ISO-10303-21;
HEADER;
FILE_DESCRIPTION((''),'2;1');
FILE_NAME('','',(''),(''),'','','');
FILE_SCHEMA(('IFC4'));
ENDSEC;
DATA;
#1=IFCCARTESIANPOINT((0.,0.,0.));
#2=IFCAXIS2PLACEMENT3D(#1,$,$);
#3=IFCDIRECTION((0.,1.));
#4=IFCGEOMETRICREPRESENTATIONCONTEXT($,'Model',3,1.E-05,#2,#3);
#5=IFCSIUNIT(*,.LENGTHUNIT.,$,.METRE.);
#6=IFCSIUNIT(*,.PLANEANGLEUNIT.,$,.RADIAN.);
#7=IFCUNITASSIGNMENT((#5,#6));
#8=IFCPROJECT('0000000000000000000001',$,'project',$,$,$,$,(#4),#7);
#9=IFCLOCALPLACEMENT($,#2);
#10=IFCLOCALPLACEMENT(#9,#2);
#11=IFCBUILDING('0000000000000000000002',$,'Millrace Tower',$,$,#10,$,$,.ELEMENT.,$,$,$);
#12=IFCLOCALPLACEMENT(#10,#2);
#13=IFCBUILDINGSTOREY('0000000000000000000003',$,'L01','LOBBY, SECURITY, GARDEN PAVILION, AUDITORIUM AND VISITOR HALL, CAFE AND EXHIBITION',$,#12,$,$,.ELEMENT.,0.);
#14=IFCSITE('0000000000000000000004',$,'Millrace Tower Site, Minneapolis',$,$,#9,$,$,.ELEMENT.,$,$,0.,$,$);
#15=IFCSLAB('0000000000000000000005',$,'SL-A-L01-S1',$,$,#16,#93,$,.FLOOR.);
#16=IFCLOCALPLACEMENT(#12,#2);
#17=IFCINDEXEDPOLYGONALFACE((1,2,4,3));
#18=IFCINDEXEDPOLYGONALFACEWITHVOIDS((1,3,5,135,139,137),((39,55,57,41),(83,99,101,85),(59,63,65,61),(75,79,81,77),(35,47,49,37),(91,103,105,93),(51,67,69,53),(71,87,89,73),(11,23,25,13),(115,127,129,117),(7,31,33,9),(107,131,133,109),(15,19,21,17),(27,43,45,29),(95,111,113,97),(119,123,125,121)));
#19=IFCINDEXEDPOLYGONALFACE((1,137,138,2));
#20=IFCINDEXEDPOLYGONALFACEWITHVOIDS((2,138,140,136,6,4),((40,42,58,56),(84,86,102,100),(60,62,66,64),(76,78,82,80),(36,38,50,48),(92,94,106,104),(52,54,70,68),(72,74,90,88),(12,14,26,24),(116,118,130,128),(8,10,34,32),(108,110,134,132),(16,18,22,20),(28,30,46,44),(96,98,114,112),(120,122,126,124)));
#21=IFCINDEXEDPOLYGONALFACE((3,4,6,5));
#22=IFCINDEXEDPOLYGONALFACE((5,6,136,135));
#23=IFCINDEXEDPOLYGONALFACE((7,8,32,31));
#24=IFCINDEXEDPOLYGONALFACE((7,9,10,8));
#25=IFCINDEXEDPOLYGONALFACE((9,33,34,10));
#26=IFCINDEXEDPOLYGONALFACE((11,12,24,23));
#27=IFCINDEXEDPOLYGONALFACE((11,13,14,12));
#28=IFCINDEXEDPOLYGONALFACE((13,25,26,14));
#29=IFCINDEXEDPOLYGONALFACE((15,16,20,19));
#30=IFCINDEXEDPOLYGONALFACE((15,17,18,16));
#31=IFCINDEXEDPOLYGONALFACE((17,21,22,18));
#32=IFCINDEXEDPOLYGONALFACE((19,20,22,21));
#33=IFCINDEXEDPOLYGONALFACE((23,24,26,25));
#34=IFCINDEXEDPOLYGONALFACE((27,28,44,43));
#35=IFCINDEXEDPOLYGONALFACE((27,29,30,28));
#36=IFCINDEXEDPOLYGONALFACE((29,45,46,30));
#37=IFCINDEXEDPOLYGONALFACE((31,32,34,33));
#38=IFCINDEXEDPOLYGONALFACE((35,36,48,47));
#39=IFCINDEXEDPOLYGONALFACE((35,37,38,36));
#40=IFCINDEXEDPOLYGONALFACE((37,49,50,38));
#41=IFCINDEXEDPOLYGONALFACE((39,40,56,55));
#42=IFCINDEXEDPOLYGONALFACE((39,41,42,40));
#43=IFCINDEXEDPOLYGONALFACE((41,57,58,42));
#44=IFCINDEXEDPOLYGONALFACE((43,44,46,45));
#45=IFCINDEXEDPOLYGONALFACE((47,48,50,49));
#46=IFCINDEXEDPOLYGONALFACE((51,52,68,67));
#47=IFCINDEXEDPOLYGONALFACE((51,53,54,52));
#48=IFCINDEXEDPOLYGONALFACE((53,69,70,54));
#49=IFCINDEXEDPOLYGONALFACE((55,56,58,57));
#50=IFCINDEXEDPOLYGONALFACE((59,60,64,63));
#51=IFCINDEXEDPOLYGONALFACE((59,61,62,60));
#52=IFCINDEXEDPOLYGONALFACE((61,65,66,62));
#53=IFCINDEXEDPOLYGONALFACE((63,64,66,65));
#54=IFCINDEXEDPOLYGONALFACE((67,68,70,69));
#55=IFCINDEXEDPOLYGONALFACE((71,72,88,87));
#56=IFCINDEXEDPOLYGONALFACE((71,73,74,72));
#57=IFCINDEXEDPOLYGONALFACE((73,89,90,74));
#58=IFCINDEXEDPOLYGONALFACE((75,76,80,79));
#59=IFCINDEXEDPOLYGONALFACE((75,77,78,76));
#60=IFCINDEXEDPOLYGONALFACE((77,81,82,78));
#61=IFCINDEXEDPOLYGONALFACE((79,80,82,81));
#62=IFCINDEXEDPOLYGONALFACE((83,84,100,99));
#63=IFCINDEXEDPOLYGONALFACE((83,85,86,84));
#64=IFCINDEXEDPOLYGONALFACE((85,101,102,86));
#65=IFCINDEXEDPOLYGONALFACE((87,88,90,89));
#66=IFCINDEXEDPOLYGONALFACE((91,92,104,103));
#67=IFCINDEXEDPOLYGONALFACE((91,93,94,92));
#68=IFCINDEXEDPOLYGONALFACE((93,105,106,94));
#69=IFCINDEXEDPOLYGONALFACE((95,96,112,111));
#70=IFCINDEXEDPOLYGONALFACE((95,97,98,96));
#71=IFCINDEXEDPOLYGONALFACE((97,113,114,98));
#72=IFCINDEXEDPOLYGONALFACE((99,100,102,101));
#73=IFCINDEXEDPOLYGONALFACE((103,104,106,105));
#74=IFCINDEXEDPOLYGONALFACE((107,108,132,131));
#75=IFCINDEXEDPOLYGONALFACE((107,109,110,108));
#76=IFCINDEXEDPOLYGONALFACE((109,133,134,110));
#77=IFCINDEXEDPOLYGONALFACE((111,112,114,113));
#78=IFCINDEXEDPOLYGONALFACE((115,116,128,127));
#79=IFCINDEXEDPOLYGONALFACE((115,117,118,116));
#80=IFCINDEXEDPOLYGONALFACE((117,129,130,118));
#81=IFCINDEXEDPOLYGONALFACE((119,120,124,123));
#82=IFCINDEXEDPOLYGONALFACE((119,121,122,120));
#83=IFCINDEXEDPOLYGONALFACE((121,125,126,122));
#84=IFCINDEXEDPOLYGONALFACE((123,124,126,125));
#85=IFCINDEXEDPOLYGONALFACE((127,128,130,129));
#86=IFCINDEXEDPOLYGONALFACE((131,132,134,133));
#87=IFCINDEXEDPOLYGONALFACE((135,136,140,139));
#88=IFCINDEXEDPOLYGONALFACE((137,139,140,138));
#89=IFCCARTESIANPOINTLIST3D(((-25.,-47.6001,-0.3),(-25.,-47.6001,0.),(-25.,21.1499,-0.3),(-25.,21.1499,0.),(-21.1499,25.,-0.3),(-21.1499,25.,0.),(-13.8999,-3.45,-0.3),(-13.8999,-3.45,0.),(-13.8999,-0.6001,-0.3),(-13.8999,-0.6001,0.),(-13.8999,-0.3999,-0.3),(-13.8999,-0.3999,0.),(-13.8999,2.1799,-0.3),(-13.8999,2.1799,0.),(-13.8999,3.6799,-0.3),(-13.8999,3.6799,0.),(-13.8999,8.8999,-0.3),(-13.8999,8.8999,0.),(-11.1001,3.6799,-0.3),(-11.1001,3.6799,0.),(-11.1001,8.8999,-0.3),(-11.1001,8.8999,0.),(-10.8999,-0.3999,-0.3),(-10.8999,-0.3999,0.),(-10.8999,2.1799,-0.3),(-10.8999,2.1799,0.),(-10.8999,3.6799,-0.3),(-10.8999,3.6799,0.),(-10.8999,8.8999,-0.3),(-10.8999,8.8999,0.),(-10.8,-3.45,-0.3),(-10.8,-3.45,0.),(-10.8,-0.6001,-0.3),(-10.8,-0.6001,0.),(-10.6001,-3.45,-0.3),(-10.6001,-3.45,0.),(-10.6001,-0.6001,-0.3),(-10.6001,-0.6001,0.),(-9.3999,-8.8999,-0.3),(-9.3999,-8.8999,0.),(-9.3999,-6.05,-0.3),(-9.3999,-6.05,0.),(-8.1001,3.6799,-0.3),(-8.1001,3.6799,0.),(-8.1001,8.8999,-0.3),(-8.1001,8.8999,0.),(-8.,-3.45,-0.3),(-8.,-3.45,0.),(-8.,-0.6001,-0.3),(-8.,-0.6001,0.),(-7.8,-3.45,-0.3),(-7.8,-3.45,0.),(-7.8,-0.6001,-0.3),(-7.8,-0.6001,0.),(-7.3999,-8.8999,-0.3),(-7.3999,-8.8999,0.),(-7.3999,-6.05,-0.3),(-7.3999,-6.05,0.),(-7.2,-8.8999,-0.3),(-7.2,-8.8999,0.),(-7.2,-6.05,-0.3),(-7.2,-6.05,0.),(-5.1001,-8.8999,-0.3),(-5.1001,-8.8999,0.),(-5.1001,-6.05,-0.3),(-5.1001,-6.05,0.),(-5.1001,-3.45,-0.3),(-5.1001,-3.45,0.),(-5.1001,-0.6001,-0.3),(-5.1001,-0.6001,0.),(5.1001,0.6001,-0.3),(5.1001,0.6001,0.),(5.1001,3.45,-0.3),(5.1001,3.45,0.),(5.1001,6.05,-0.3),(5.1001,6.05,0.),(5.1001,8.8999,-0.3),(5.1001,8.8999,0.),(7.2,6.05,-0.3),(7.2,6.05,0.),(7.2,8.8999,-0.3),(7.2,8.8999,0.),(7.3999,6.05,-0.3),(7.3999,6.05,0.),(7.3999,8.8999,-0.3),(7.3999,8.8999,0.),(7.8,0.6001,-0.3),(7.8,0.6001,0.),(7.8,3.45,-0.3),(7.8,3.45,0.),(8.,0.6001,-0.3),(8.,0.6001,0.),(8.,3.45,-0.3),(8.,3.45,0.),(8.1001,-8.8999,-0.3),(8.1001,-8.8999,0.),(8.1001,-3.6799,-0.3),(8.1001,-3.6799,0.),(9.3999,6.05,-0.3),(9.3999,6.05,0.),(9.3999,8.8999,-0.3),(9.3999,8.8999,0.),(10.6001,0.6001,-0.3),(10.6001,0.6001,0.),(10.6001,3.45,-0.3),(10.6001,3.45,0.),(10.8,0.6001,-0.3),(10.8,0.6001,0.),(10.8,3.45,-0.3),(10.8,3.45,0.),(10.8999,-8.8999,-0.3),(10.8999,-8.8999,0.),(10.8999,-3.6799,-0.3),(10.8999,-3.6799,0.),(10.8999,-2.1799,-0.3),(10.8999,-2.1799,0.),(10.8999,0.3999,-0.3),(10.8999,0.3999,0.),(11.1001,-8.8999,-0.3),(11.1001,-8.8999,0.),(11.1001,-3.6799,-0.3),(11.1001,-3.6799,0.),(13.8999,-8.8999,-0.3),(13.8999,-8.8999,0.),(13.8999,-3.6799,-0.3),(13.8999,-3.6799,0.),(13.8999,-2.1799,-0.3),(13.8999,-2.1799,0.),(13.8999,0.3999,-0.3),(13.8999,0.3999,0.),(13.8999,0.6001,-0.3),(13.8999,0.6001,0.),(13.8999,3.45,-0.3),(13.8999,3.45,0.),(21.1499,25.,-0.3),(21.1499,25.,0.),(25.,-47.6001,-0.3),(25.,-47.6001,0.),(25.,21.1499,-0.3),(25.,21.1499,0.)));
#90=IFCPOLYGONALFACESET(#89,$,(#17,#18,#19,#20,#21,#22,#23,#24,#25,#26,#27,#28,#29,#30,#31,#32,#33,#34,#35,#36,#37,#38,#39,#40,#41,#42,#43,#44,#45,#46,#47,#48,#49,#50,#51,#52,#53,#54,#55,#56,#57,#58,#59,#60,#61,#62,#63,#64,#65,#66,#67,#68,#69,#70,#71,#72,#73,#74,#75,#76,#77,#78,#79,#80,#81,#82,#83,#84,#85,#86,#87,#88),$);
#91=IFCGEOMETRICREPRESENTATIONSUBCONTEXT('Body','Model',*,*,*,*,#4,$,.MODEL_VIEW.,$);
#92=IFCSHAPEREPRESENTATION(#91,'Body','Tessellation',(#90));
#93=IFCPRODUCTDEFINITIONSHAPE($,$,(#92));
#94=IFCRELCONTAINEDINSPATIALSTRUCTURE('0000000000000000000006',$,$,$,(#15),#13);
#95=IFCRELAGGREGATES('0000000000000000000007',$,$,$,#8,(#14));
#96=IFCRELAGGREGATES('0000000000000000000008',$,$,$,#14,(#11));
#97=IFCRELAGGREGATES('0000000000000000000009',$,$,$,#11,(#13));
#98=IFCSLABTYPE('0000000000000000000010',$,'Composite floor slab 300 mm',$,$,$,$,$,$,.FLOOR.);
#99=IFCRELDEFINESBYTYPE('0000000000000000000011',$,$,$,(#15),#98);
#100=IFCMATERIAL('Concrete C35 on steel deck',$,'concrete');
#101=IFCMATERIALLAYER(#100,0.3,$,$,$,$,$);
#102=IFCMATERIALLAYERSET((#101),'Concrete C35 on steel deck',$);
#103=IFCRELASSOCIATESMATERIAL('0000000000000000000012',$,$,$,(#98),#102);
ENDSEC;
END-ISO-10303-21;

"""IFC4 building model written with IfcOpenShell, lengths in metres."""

from ifc_helpers import new_model, si_unit, direction, frame, origin, place, context, subcontext, project, spatial, polyline, outline, extrude, material, layer, layer_set, type_object, element, save


model = new_model("IFC4")

# Units and contexts
model_context = context("Model", 3, precision=1e-05, world=origin(), true_north=direction((0.0, 1.0)))
body_context = subcontext(model_context, "Body", "Model", "MODEL_VIEW")
ifc_project = project(units=[si_unit("LENGTHUNIT", "METRE"), si_unit("PLANEANGLEUNIT", "RADIAN")], contexts=[model_context])

# Site, building, storey
site_placement = place(None, origin())
site = spatial("IfcSite", under=ifc_project, at=site_placement, Name="Millrace Tower Site, Minneapolis", CompositionType="ELEMENT", RefElevation=0.0)
building_placement = place(site_placement, origin())
building = spatial("IfcBuilding", under=site, at=building_placement, Name="Millrace Tower", CompositionType="ELEMENT")
storey_placement = place(building_placement, origin())
storey = spatial("IfcBuildingStorey", under=building, at=storey_placement, Name="L01", Description="LOBBY, SECURITY, GARDEN PAVILION, AUDITORIUM AND VISITOR HALL, CAFE AND EXHIBITION", CompositionType="ELEMENT", Elevation=0.0)

# Slab
ifc_material_1 = material(Name="Concrete C35 on steel deck", Category="concrete")
ifc_layer_1 = layer(ifc_material_1, 0.3)
ifc_layer_set_1 = layer_set([ifc_layer_1], Name="Concrete C35 on steel deck")
slab_type = type_object("IfcSlabType", Name="Composite floor slab 300 mm", PredefinedType="FLOOR", material=ifc_layer_set_1)
slab_placement = place(storey_placement, frame((0.0, 0.0, -0.3)))
element("IfcSlab", 1, at=slab_placement, inside=storey, type_object=slab_type, Name="SL-A-L01-S1", PredefinedType="FLOOR", context=body_context, shape_type="SweptSolid", body=[
    extrude(outline(polyline([(-25.0, -47.6001), (25.0, -47.6001), (25.0, 21.1499), (21.1499, 25.0), (-21.1499, 25.0), (-25.0, 21.1499), (-25.0, -47.6001)]), holes=[polyline([(-9.3999, -8.8999), (-7.3999, -8.8999), (-7.3999, -6.05), (-9.3999, -6.05), (-9.3999, -8.8999)]), polyline([(-7.2, -8.8999), (-5.1001, -8.8999), (-5.1001, -6.05), (-7.2, -6.05), (-7.2, -8.8999)]), polyline([(-13.8999, -3.45), (-10.8, -3.45), (-10.8, -0.6001), (-13.8999, -0.6001), (-13.8999, -3.45)]), polyline([(-10.6001, -3.45), (-8.0, -3.45), (-8.0, -0.6001), (-10.6001, -0.6001), (-10.6001, -3.45)]), polyline([(-7.8, -3.45), (-5.1001, -3.45), (-5.1001, -0.6001), (-7.8, -0.6001), (-7.8, -3.45)]), polyline([(-13.8999, -0.3999), (-10.8999, -0.3999), (-10.8999, 2.1799), (-13.8999, 2.1799), (-13.8999, -0.3999)]), polyline([(-13.8999, 3.6799), (-11.1001, 3.6799), (-11.1001, 8.8999), (-13.8999, 8.8999), (-13.8999, 3.6799)]), polyline([(-10.8999, 3.6799), (-8.1001, 3.6799), (-8.1001, 8.8999), (-10.8999, 8.8999), (-10.8999, 3.6799)]), polyline([(7.3999, 6.05), (9.3999, 6.05), (9.3999, 8.8999), (7.3999, 8.8999), (7.3999, 6.05)]), polyline([(5.1001, 6.05), (7.2, 6.05), (7.2, 8.8999), (5.1001, 8.8999), (5.1001, 6.05)]), polyline([(10.8, 0.6001), (13.8999, 0.6001), (13.8999, 3.45), (10.8, 3.45), (10.8, 0.6001)]), polyline([(8.0, 0.6001), (10.6001, 0.6001), (10.6001, 3.45), (8.0, 3.45), (8.0, 0.6001)]), polyline([(5.1001, 0.6001), (7.8, 0.6001), (7.8, 3.45), (5.1001, 3.45), (5.1001, 0.6001)]), polyline([(10.8999, -2.1799), (13.8999, -2.1799), (13.8999, 0.3999), (10.8999, 0.3999), (10.8999, -2.1799)]), polyline([(11.1001, -8.8999), (13.8999, -8.8999), (13.8999, -3.6799), (11.1001, -3.6799), (11.1001, -8.8999)]), polyline([(8.1001, -8.8999), (10.8999, -8.8999), (10.8999, -3.6799), (8.1001, -3.6799), (8.1001, -8.8999)])]), origin(), (0.0, 0.0, 1.0), 0.3),
])

save(model, "model.ifc")
